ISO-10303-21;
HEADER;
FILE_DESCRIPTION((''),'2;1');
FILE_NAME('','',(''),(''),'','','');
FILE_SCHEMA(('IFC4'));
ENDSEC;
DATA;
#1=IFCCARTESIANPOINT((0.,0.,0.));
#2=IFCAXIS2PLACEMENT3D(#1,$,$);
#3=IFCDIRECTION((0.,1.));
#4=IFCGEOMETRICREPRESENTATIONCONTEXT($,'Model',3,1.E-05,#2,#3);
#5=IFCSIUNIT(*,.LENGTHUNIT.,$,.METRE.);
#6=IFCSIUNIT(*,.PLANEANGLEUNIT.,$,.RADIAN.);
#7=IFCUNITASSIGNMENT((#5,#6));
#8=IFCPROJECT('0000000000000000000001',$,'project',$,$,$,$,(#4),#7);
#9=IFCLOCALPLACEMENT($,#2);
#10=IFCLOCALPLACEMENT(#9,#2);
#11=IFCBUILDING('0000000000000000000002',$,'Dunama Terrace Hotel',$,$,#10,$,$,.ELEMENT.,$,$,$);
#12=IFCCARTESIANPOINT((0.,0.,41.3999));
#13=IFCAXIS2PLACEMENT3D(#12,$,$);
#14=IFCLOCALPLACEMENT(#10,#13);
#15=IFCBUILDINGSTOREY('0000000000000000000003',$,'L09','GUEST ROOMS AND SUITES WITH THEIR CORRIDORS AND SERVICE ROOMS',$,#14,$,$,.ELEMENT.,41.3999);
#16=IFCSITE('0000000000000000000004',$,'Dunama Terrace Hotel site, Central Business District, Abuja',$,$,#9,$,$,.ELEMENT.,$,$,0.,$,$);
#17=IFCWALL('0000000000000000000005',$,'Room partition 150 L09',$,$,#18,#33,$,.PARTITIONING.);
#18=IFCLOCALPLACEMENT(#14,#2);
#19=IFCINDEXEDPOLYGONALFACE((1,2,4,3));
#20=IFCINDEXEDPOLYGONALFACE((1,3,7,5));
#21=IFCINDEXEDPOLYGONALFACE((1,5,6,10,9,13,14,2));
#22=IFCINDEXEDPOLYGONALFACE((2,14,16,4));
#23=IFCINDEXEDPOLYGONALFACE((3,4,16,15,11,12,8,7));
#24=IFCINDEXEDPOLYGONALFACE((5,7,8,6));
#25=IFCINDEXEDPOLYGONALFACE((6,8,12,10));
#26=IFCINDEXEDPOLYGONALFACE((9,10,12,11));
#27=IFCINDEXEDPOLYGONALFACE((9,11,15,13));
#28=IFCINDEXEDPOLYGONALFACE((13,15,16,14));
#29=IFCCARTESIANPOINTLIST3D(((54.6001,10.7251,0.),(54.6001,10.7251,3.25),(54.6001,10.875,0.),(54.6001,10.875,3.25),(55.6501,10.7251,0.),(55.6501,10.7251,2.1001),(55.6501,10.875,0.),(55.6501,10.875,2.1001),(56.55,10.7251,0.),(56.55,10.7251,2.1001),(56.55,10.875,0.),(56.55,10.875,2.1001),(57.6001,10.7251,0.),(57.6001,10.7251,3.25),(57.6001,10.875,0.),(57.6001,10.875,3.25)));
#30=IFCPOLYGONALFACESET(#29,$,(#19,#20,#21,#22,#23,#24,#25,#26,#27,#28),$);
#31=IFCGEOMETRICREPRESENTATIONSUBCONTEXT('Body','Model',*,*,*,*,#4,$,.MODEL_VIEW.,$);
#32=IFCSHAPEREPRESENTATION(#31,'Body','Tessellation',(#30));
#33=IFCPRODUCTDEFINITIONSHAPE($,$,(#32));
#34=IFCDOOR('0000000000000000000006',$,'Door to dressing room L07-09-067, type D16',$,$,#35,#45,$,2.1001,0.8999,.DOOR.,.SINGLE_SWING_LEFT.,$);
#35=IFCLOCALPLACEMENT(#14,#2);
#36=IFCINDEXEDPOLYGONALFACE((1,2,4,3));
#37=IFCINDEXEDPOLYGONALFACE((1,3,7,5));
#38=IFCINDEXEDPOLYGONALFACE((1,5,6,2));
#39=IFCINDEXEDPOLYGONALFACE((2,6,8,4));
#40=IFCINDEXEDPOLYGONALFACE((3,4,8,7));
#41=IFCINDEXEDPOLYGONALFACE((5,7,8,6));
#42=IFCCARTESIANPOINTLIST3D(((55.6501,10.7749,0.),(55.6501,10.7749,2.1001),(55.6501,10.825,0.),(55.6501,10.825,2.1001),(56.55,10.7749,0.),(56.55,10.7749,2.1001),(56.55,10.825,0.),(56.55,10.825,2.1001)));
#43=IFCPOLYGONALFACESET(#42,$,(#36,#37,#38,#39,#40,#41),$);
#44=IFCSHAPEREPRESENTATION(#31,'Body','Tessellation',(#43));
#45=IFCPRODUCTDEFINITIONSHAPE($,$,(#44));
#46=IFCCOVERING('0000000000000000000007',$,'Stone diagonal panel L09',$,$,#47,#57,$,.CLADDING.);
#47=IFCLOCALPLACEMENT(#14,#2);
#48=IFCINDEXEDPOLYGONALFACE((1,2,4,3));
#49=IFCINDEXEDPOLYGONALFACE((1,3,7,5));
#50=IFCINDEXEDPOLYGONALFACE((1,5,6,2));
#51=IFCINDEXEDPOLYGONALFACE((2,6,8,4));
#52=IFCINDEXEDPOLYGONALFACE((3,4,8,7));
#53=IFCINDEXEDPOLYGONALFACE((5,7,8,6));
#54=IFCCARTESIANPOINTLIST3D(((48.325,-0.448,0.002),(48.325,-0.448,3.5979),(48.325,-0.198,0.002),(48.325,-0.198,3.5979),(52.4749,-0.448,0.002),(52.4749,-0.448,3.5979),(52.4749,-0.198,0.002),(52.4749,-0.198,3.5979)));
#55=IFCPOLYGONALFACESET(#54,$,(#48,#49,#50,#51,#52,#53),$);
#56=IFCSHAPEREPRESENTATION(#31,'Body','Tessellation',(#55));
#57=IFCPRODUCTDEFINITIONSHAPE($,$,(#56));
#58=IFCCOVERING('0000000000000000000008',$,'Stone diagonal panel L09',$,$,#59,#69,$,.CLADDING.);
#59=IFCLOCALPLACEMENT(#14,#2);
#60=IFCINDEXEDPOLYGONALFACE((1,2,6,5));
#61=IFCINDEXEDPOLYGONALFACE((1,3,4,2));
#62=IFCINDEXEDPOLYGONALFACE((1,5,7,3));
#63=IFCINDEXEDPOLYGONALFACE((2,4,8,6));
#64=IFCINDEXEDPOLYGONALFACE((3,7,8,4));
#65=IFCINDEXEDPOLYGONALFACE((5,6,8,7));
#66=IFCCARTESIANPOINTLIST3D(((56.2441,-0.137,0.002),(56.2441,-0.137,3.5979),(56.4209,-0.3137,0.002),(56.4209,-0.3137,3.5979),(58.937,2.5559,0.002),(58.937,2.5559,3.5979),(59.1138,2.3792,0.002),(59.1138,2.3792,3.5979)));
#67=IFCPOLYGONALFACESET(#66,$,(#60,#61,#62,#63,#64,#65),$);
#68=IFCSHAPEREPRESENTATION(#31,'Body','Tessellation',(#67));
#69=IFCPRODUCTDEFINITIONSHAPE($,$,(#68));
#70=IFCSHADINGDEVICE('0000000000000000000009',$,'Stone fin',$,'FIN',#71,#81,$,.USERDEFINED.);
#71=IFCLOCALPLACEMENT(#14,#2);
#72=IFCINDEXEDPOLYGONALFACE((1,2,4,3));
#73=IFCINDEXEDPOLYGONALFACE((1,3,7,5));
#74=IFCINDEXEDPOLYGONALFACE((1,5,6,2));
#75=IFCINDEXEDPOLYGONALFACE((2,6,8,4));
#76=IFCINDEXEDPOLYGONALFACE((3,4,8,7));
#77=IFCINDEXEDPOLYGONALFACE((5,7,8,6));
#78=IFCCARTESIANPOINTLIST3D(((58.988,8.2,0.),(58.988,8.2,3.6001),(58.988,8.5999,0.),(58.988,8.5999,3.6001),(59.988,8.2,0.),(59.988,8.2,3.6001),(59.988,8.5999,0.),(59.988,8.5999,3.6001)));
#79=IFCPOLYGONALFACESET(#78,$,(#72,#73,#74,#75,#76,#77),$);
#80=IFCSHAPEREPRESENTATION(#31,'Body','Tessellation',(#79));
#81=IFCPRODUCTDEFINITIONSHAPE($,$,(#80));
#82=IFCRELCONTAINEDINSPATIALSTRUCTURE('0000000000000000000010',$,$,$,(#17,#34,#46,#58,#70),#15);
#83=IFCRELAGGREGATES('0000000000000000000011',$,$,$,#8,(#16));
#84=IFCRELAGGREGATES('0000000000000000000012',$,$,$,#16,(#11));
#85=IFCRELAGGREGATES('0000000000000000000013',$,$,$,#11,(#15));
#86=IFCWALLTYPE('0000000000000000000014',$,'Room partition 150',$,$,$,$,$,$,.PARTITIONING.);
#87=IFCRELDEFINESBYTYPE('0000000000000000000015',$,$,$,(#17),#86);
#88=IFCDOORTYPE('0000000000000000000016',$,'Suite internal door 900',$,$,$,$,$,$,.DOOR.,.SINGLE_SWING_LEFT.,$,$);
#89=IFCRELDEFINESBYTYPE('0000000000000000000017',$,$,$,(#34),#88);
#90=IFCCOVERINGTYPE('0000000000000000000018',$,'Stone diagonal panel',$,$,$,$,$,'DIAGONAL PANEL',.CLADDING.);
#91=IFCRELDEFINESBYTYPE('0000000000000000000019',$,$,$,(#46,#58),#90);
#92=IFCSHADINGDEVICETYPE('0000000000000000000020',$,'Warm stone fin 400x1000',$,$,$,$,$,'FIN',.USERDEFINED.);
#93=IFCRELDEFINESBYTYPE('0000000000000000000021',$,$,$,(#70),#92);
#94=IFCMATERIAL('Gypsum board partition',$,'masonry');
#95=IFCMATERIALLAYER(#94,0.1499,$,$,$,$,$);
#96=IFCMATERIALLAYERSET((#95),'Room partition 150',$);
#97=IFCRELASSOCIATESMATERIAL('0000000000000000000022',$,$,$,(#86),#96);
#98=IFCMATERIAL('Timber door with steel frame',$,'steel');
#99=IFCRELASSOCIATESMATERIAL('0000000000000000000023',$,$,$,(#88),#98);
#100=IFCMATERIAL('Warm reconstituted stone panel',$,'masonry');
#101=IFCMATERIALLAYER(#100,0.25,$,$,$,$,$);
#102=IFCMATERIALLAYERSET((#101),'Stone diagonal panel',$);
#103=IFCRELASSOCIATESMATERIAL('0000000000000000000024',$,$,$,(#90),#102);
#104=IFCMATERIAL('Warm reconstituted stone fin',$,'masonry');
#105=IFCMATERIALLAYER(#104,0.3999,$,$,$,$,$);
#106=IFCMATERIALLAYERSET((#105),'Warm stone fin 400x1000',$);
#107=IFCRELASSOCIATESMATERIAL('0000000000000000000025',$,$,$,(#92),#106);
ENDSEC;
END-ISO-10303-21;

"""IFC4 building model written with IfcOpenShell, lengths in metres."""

from ifc_helpers import new_model, si_unit, direction, frame, frame_2d, origin, origin_2d, place, context, subcontext, project, spatial, rectangle, extrude, material, layer, layer_set, type_object, element, fill, save


model = new_model("IFC4")

# Units and contexts
model_context = context("Model", 3, precision=1e-05, world=origin(), true_north=direction((0.0, 1.0)))
body_context = subcontext(model_context, "Body", "Model", "MODEL_VIEW")
ifc_project = project(units=[si_unit("LENGTHUNIT", "METRE"), si_unit("PLANEANGLEUNIT", "RADIAN")], contexts=[model_context])

# Site, building, storey
site_placement = place(None, origin())
site = spatial("IfcSite", under=ifc_project, at=site_placement, Name="Dunama Terrace Hotel site, Central Business District, Abuja", CompositionType="ELEMENT", RefElevation=0.0)
building_placement = place(site_placement, origin())
building = spatial("IfcBuilding", under=site, at=building_placement, Name="Dunama Terrace Hotel", CompositionType="ELEMENT")
storey_placement = place(building_placement, frame((0.0, 0.0, 41.3999)))
storey = spatial("IfcBuildingStorey", under=building, at=storey_placement, Name="L09", Description="GUEST ROOMS AND SUITES WITH THEIR CORRIDORS AND SERVICE ROOMS", CompositionType="ELEMENT", Elevation=41.3999)

# Shared definitions
ifc_material_1 = material(Name="Gypsum board partition", Category="masonry")
ifc_layer_1 = layer(ifc_material_1, 0.1499)
ifc_layer_set_1 = layer_set([ifc_layer_1], Name="Room partition 150")
wall_type = type_object("IfcWallType", Name="Room partition 150", PredefinedType="PARTITIONING", material=ifc_layer_set_1)
ifc_material_2 = material(Name="Timber door with steel frame", Category="steel")
door_type = type_object("IfcDoorType", Name="Suite internal door 900", OperationType="SINGLE_SWING_LEFT", PredefinedType="DOOR", material=ifc_material_2)

# Wall, opening, door
wall_1_placement = place(storey_placement, frame((54.6001, 10.8, 0.0), z_axis=(0.0, 0.0, 1.0), x_axis=(1.0, 0.0, 0.0)))
wall_1 = element("IfcWall", 1, at=wall_1_placement, inside=storey, type_object=wall_type, Name="Room partition 150 L09", PredefinedType="PARTITIONING", context=body_context, shape_type="SweptSolid", body=[
    extrude(rectangle(XDim=3.0, YDim=0.1499, at=frame_2d((1.5, 0.0))), origin(), (0.0, 0.0, 1.0), 3.25),
])
opening_1_placement = place(wall_1_placement, frame((1.05, 0.0, 0.0)))
opening_1 = element("IfcOpeningElement", 2, at=opening_1_placement, cuts=wall_1, PredefinedType="OPENING", context=body_context, shape_type="SweptSolid", body=[
    extrude(rectangle(XDim=0.8999, YDim=2.1001, at=frame_2d((0.45, 1.05))), frame((0.0, 0.085, 0.0), z_axis=(0.0, -1.0, 0.0), x_axis=(1.0, 0.0, 0.0)), (0.0, 0.0, 1.0), 0.1699),
])
door_1_placement = place(opening_1_placement, origin())
door_1 = element("IfcDoor", 3, at=door_1_placement, inside=storey, type_object=door_type, Name="Door to dressing room L07-09-067, type D16", OperationType="SINGLE_SWING_LEFT", OverallHeight=2.1001, OverallWidth=0.8999, PredefinedType="DOOR", context=body_context, shape_type="SweptSolid", body=[
    extrude(rectangle(XDim=0.8999, YDim=2.1001, at=frame_2d((0.45, 1.05))), frame((0.0, 0.0249, 0.0), z_axis=(0.0, -1.0, 0.0), x_axis=(1.0, 0.0, 0.0)), (0.0, 0.0, 1.0), 0.05),
])
fill(opening_1, door_1)

# Coverings
ifc_material_3 = material(Name="Warm reconstituted stone panel", Category="masonry")
ifc_layer_2 = layer(ifc_material_3, 0.25)
ifc_layer_set_2 = layer_set([ifc_layer_2], Name="Stone diagonal panel")
covering_type = type_object("IfcCoveringType", Name="Stone diagonal panel", ElementType="DIAGONAL PANEL", PredefinedType="CLADDING", material=ifc_layer_set_2)
covering_1_placement = place(storey_placement, frame((50.3999, -0.323, 0.002), z_axis=(0.0, 0.0, 1.0), x_axis=(1.0, 0.0, 0.0)))
element("IfcCovering", 4, at=covering_1_placement, inside=storey, type_object=covering_type, Name="Stone diagonal panel L09", PredefinedType="CLADDING", context=body_context, shape_type="SweptSolid", body=[
    extrude(rectangle(XDim=4.1499, YDim=0.25, at=origin_2d()), origin(), (0.0, 0.0, 1.0), 3.5959),
])
covering_2_placement = place(storey_placement, frame((57.679, 1.1211, 0.002), z_axis=(0.0, 0.0, 1.0), x_axis=(0.707107, 0.707107, 0.0)))
element("IfcCovering", 5, at=covering_2_placement, inside=storey, type_object=covering_type, Name="Stone diagonal panel L09", PredefinedType="CLADDING", context=body_context, shape_type="SweptSolid", body=[
    extrude(rectangle(XDim=3.8083, YDim=0.25, at=origin_2d()), origin(), (0.0, 0.0, 1.0), 3.5959),
])

# Shading device
ifc_material_4 = material(Name="Warm reconstituted stone fin", Category="masonry")
ifc_layer_3 = layer(ifc_material_4, 0.3999)
ifc_layer_set_3 = layer_set([ifc_layer_3], Name="Warm stone fin 400x1000")
shading_device_type = type_object("IfcShadingDeviceType", Name="Warm stone fin 400x1000", ElementType="FIN", PredefinedType="USERDEFINED", material=ifc_layer_set_3)
shading_device_placement = place(storey_placement, frame((59.488, 8.3999, 0.0), z_axis=(0.0, 0.0, 1.0), x_axis=(0.0, 1.0, 0.0)))
element("IfcShadingDevice", 6, at=shading_device_placement, inside=storey, type_object=shading_device_type, Name="Stone fin", ObjectType="FIN", PredefinedType="USERDEFINED", context=body_context, shape_type="SweptSolid", body=[
    extrude(rectangle(XDim=0.3999, YDim=1.0, at=origin_2d()), origin(), (0.0, 0.0, 1.0), 3.6001),
])

save(model, "model.ifc")
